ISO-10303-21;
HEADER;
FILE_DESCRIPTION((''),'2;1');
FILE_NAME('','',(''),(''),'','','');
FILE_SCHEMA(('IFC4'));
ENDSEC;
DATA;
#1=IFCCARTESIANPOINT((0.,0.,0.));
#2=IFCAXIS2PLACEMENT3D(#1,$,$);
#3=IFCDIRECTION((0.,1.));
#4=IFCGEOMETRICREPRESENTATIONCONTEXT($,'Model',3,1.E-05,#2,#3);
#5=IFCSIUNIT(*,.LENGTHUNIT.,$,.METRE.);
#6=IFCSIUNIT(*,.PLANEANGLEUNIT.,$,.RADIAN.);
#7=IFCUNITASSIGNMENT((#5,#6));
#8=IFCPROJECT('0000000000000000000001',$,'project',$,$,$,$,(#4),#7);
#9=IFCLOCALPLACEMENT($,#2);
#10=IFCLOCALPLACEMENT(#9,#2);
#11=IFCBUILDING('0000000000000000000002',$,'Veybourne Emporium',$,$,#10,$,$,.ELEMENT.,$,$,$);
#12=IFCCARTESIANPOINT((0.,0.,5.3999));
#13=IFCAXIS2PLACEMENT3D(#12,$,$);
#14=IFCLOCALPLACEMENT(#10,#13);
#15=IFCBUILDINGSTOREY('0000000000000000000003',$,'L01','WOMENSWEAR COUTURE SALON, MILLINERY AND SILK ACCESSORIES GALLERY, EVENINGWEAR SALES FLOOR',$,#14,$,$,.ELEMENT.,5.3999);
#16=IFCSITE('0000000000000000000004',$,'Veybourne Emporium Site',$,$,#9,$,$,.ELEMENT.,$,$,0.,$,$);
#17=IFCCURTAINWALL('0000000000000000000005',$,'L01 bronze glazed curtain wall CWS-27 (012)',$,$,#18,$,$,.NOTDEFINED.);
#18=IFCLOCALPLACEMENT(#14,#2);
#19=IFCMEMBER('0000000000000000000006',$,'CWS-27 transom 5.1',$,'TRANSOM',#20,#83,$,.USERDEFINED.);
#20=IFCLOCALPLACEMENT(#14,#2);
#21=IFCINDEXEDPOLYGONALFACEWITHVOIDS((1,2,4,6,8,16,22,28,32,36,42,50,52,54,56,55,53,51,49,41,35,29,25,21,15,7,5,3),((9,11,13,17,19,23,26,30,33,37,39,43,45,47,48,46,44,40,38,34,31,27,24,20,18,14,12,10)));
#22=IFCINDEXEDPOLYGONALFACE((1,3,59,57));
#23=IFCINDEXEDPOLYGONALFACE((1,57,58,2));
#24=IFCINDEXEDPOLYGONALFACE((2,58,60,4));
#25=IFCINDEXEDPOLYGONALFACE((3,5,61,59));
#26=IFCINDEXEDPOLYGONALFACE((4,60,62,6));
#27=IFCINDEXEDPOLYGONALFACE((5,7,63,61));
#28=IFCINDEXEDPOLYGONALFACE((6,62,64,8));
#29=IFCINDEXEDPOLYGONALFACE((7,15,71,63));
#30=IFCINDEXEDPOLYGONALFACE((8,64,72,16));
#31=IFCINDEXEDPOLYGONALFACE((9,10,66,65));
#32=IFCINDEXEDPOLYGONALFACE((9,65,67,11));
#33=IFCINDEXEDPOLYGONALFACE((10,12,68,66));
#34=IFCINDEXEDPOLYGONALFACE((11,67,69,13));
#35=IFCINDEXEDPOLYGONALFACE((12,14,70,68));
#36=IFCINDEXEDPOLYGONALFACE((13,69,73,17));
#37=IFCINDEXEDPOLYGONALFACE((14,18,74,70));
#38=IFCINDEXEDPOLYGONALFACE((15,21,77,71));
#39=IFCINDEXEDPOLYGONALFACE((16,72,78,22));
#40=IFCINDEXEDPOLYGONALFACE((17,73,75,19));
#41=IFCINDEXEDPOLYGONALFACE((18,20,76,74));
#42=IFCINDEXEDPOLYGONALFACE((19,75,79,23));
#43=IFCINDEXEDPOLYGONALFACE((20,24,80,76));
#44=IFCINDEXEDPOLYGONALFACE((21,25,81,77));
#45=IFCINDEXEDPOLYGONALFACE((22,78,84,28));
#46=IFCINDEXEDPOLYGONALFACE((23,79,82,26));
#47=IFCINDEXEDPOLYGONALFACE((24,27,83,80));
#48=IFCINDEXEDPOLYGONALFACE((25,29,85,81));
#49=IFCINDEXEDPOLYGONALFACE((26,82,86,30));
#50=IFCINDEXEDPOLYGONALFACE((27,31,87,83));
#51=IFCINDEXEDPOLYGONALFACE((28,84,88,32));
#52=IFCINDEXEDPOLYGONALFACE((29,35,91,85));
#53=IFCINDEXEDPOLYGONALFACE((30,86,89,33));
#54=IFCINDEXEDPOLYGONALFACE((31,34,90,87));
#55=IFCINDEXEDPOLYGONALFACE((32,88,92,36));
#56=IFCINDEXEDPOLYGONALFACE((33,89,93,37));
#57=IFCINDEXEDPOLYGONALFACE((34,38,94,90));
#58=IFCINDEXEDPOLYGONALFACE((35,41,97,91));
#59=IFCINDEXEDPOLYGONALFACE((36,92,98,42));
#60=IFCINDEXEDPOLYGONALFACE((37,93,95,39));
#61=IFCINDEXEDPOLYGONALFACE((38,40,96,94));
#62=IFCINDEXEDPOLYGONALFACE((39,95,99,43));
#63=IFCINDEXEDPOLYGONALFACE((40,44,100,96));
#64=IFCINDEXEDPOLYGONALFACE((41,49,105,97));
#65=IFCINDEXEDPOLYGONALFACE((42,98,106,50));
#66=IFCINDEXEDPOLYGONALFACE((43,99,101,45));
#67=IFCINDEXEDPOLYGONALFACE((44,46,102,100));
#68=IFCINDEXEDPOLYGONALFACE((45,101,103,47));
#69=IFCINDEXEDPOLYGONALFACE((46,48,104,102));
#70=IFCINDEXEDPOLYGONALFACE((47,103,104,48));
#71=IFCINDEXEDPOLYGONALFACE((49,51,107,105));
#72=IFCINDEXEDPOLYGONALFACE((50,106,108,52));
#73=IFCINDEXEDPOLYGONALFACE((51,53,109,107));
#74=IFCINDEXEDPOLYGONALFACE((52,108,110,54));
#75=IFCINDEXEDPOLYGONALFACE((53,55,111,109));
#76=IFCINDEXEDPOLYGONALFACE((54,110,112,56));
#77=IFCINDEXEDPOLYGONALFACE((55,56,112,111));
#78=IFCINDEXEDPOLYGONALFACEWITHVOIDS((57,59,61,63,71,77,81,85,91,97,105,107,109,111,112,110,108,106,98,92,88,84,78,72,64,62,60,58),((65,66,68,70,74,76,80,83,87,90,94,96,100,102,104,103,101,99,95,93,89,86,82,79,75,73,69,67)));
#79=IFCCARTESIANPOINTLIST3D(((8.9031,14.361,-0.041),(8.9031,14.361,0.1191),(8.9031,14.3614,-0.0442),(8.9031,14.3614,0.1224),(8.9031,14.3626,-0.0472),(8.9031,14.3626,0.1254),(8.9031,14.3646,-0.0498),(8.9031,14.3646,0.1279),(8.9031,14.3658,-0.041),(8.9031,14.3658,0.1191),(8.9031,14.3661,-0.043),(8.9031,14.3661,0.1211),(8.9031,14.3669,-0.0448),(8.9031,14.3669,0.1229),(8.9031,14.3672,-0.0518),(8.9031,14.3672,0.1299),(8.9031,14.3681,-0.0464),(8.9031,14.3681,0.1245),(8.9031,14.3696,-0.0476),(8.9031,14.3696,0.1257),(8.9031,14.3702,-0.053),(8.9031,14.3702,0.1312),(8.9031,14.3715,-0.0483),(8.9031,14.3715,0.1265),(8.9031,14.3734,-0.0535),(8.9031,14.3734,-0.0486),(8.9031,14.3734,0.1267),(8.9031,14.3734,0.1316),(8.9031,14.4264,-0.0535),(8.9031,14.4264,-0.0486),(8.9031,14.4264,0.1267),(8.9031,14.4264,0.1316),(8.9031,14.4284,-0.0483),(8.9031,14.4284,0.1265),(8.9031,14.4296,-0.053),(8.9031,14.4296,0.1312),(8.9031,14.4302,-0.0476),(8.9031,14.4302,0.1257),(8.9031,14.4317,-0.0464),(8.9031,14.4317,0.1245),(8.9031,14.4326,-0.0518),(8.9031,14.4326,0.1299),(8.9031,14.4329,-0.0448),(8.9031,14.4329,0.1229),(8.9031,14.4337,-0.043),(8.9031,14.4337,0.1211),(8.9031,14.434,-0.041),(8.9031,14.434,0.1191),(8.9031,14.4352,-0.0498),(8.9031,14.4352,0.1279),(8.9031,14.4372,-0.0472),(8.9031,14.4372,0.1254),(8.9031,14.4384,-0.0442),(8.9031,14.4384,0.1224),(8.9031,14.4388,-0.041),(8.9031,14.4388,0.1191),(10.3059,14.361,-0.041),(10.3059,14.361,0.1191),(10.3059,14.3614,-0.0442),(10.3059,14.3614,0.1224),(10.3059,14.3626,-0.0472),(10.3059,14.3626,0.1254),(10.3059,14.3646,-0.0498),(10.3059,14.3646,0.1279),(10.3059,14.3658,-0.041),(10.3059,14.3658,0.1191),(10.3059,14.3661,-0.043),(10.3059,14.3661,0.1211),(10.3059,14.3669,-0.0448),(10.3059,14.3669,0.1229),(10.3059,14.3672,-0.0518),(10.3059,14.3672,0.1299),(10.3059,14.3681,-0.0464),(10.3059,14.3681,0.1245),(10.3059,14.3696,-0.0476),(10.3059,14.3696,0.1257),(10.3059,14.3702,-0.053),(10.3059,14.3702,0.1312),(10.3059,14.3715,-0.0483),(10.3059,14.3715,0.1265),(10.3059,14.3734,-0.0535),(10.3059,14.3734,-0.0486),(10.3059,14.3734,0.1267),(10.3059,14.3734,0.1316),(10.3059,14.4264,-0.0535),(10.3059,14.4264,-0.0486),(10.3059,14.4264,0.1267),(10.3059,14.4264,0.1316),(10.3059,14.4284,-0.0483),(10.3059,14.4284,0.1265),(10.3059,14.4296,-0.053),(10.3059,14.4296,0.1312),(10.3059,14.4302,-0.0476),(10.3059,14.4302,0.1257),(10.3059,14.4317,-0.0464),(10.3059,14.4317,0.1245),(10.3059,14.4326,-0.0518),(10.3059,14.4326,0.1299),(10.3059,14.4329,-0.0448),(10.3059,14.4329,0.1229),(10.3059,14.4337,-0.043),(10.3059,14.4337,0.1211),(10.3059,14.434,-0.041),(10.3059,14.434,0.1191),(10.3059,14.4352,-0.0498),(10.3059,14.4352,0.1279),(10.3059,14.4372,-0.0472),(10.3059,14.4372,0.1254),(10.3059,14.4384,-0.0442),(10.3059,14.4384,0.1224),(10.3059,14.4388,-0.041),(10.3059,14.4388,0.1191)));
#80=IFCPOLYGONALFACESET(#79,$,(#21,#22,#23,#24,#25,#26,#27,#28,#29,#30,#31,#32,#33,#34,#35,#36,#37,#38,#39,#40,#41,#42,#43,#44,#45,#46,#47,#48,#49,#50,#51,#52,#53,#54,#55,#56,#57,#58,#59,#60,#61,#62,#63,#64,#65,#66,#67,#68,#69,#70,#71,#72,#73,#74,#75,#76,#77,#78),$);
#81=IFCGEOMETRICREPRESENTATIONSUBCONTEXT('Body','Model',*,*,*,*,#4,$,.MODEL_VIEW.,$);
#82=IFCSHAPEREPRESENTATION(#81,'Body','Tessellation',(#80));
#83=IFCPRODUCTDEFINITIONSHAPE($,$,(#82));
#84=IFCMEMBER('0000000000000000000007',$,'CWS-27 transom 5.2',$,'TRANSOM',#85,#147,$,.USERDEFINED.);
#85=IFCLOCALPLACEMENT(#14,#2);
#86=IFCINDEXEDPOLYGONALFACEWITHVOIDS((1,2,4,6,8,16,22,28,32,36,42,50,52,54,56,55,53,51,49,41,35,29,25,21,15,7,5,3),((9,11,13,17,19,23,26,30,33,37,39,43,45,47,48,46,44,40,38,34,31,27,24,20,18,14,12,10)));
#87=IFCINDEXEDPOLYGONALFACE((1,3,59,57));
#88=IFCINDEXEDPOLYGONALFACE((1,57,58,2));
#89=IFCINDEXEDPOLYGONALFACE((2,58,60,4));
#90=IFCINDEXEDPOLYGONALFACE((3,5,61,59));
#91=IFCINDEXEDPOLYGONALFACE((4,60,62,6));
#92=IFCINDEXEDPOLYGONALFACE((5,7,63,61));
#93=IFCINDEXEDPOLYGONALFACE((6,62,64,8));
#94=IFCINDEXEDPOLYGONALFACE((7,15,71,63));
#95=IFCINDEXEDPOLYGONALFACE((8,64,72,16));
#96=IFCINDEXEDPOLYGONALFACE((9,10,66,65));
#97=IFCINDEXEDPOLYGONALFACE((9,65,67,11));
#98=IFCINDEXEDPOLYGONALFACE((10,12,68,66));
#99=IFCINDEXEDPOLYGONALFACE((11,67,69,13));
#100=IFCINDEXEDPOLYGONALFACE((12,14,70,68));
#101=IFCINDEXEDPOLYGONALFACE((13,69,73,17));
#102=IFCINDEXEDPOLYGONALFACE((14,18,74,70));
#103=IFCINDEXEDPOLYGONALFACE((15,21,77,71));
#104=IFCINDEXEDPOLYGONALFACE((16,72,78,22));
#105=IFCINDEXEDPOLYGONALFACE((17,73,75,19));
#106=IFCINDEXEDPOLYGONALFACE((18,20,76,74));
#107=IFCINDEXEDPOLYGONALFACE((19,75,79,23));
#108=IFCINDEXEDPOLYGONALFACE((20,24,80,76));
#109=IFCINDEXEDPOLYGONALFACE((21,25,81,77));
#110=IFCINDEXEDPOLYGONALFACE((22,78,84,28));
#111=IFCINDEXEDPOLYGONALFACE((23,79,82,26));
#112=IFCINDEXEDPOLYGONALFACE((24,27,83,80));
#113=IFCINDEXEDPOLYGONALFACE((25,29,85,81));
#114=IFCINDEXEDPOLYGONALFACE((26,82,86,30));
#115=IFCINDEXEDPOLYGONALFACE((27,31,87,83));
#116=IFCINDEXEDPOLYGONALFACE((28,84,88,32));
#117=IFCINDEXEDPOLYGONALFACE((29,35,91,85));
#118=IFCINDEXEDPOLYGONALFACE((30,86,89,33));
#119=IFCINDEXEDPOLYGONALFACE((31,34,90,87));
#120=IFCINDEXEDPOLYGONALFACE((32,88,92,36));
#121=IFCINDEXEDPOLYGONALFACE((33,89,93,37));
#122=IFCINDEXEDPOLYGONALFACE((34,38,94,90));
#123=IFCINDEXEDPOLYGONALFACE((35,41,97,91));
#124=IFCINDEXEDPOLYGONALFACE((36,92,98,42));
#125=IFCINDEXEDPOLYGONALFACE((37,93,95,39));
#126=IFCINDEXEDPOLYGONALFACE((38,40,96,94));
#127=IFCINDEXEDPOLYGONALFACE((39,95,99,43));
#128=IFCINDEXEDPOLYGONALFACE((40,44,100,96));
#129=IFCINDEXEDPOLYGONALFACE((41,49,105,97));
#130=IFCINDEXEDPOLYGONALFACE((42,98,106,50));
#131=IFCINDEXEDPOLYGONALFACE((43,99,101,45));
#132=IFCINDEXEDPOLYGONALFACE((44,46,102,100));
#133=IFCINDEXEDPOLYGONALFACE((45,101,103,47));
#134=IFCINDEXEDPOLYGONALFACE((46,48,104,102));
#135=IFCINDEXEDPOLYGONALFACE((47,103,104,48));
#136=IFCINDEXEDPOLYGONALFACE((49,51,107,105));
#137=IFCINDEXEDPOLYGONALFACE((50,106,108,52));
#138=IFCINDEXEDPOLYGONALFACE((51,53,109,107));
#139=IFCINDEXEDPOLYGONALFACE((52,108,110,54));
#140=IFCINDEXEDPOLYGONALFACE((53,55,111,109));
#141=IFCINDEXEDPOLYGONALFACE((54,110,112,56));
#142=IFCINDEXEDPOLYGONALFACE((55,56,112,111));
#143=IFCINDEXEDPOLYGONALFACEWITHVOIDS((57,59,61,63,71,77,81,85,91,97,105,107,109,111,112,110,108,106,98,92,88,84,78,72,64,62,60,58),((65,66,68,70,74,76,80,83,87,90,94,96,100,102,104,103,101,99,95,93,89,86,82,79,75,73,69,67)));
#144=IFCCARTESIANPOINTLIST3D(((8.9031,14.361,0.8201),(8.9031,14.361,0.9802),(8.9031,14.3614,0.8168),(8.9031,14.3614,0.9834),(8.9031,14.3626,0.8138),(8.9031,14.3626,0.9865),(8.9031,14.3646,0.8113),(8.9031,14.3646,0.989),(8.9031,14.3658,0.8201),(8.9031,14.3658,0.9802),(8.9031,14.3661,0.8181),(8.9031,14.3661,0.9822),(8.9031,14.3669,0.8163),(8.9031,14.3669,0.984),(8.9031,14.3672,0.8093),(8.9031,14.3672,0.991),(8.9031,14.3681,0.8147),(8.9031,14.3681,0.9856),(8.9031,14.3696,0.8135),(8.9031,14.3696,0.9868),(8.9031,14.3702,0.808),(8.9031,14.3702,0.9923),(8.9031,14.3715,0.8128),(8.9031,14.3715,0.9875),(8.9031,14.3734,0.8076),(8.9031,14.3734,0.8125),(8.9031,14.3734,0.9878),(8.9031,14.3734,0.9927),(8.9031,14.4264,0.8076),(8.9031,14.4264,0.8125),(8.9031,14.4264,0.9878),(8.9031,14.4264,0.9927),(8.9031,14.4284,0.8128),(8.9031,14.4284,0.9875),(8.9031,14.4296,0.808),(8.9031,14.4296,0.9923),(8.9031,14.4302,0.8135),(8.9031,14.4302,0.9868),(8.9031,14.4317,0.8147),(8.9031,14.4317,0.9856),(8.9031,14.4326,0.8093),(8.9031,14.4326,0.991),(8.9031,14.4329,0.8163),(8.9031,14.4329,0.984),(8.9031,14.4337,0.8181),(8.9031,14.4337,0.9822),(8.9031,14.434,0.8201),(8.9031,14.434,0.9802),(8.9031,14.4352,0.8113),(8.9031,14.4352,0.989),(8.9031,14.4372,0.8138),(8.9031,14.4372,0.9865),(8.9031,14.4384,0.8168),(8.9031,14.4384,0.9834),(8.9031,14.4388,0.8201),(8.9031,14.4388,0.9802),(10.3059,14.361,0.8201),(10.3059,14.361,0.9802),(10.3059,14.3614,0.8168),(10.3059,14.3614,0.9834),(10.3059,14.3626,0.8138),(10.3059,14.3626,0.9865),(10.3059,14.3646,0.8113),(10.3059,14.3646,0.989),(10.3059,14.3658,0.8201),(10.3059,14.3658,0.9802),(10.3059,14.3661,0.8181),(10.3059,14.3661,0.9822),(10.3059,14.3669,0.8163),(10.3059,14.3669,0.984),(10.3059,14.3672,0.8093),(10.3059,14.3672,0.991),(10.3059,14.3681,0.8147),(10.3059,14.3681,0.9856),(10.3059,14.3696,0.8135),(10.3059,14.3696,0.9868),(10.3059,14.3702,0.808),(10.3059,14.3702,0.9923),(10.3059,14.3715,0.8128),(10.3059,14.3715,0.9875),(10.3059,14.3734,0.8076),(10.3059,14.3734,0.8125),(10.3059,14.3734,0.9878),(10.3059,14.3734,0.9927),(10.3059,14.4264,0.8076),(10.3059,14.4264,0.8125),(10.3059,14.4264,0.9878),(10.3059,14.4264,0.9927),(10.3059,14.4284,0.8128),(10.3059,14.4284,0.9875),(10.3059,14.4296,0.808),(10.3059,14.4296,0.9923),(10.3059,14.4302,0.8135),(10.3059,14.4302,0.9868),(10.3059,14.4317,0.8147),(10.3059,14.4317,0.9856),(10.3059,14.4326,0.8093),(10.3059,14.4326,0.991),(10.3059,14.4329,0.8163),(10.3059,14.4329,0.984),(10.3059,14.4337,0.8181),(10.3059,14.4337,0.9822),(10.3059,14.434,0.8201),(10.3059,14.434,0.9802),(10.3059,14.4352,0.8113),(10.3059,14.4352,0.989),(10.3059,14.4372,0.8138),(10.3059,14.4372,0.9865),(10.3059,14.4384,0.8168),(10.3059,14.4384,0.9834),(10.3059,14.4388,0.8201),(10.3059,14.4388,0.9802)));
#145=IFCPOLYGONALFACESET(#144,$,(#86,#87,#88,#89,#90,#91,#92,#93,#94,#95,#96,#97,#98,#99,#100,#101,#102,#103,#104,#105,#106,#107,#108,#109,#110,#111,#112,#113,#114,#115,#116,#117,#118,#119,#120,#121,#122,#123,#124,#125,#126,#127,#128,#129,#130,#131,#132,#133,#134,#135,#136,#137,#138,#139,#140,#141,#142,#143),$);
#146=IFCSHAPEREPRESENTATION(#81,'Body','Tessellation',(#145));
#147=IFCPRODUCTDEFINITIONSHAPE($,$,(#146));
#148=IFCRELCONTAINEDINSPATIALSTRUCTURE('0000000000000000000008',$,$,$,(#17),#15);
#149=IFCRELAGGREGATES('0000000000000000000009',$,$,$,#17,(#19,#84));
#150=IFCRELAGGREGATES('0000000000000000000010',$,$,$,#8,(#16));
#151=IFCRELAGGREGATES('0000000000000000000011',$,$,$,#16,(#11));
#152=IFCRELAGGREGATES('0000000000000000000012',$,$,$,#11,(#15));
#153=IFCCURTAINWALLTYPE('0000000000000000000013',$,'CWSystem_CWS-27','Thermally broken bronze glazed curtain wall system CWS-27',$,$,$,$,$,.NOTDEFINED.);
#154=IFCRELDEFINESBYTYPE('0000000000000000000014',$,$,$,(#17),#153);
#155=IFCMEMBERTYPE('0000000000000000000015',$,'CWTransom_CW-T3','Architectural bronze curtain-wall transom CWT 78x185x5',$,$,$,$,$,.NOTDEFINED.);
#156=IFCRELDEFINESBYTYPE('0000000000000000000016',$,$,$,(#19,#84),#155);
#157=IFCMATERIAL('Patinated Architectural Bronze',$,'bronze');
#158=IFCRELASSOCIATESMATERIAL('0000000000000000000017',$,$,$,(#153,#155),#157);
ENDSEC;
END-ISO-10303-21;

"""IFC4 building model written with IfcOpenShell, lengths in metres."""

from ifc_helpers import new_model, si_unit, direction, frame, origin, origin_2d, place, context, subcontext, project, spatial, hollow_rectangle, extrude, material, material_profile, profile_set, type_object, element, aggregate, save


model = new_model("IFC4")

# Units and contexts
model_context = context("Model", 3, precision=1e-05, world=origin(), true_north=direction((0.0, 1.0)))
body_context = subcontext(model_context, "Body", "Model", "MODEL_VIEW")
ifc_project = project(units=[si_unit("LENGTHUNIT", "METRE"), si_unit("PLANEANGLEUNIT", "RADIAN")], contexts=[model_context])

# Site, building, storey
site_placement = place(None, origin())
site = spatial("IfcSite", under=ifc_project, at=site_placement, Name="Veybourne Emporium Site", CompositionType="ELEMENT", RefElevation=0.0)
building_placement = place(site_placement, origin())
building = spatial("IfcBuilding", under=site, at=building_placement, Name="Veybourne Emporium", CompositionType="ELEMENT")
storey_placement = place(building_placement, frame((0.0, 0.0, 5.3999)))
storey = spatial("IfcBuildingStorey", under=building, at=storey_placement, Name="L01", Description="WOMENSWEAR COUTURE SALON, MILLINERY AND SILK ACCESSORIES GALLERY, EVENINGWEAR SALES FLOOR", CompositionType="ELEMENT", Elevation=5.3999)

# Curtain wall, members
ifc_material_1 = material(Name="Patinated Architectural Bronze", Category="bronze")
curtain_wall_type = type_object("IfcCurtainWallType", Name="CWSystem_CWS-27", Description="Thermally broken bronze glazed curtain wall system CWS-27", PredefinedType="NOTDEFINED", material=ifc_material_1)
curtain_wall_placement = place(storey_placement, origin())
curtain_wall = element("IfcCurtainWall", 1, at=curtain_wall_placement, inside=storey, type_object=curtain_wall_type, Name="L01 bronze glazed curtain wall CWS-27 (012)", PredefinedType="NOTDEFINED")
ifc_material_profile_1 = material_profile(ifc_material_1, hollow_rectangle(XDim=0.0779, YDim=0.1851, WallThickness=0.0049, InnerFilletRadius=0.0076, OuterFilletRadius=0.0125, at=origin_2d()), Name="CWT 78x185x5")
ifc_profile_set_1 = profile_set([ifc_material_profile_1], Name="Patinated Architectural Bronze")
member_type_1 = type_object("IfcMemberType", Name="CWTransom_CW-T3", Description="Architectural bronze curtain-wall transom CWT 78x185x5", PredefinedType="NOTDEFINED", material=ifc_profile_set_1)
member_1_placement = place(storey_placement, frame((10.3059, 14.3999, 0.0391), z_axis=(-1.0, 0.0, 0.0), x_axis=(0.0, -1.0, 0.0)))
member_1 = element("IfcMember", 2, at=member_1_placement, type_object=member_type_1, Name="CWS-27 transom 5.1", ObjectType="TRANSOM", PredefinedType="USERDEFINED", context=body_context, shape_type="SweptSolid", body=[
    extrude(hollow_rectangle(XDim=0.0779, YDim=0.1851, WallThickness=0.0049, InnerFilletRadius=0.0076, OuterFilletRadius=0.0125, at=origin_2d()), origin(), (0.0, 0.0, 1.0), 1.4028),
])
member_2_placement = place(storey_placement, frame((10.3059, 14.3999, 0.9001), z_axis=(-1.0, 0.0, 0.0), x_axis=(0.0, -1.0, 0.0)))
member_2 = element("IfcMember", 3, at=member_2_placement, type_object=member_type_1, Name="CWS-27 transom 5.2", ObjectType="TRANSOM", PredefinedType="USERDEFINED", context=body_context, shape_type="SweptSolid", body=[
    extrude(hollow_rectangle(XDim=0.0779, YDim=0.1851, WallThickness=0.0049, InnerFilletRadius=0.0076, OuterFilletRadius=0.0125, at=origin_2d()), origin(), (0.0, 0.0, 1.0), 1.4028),
])
aggregate(curtain_wall, [member_1, member_2])

save(model, "model.ifc")
